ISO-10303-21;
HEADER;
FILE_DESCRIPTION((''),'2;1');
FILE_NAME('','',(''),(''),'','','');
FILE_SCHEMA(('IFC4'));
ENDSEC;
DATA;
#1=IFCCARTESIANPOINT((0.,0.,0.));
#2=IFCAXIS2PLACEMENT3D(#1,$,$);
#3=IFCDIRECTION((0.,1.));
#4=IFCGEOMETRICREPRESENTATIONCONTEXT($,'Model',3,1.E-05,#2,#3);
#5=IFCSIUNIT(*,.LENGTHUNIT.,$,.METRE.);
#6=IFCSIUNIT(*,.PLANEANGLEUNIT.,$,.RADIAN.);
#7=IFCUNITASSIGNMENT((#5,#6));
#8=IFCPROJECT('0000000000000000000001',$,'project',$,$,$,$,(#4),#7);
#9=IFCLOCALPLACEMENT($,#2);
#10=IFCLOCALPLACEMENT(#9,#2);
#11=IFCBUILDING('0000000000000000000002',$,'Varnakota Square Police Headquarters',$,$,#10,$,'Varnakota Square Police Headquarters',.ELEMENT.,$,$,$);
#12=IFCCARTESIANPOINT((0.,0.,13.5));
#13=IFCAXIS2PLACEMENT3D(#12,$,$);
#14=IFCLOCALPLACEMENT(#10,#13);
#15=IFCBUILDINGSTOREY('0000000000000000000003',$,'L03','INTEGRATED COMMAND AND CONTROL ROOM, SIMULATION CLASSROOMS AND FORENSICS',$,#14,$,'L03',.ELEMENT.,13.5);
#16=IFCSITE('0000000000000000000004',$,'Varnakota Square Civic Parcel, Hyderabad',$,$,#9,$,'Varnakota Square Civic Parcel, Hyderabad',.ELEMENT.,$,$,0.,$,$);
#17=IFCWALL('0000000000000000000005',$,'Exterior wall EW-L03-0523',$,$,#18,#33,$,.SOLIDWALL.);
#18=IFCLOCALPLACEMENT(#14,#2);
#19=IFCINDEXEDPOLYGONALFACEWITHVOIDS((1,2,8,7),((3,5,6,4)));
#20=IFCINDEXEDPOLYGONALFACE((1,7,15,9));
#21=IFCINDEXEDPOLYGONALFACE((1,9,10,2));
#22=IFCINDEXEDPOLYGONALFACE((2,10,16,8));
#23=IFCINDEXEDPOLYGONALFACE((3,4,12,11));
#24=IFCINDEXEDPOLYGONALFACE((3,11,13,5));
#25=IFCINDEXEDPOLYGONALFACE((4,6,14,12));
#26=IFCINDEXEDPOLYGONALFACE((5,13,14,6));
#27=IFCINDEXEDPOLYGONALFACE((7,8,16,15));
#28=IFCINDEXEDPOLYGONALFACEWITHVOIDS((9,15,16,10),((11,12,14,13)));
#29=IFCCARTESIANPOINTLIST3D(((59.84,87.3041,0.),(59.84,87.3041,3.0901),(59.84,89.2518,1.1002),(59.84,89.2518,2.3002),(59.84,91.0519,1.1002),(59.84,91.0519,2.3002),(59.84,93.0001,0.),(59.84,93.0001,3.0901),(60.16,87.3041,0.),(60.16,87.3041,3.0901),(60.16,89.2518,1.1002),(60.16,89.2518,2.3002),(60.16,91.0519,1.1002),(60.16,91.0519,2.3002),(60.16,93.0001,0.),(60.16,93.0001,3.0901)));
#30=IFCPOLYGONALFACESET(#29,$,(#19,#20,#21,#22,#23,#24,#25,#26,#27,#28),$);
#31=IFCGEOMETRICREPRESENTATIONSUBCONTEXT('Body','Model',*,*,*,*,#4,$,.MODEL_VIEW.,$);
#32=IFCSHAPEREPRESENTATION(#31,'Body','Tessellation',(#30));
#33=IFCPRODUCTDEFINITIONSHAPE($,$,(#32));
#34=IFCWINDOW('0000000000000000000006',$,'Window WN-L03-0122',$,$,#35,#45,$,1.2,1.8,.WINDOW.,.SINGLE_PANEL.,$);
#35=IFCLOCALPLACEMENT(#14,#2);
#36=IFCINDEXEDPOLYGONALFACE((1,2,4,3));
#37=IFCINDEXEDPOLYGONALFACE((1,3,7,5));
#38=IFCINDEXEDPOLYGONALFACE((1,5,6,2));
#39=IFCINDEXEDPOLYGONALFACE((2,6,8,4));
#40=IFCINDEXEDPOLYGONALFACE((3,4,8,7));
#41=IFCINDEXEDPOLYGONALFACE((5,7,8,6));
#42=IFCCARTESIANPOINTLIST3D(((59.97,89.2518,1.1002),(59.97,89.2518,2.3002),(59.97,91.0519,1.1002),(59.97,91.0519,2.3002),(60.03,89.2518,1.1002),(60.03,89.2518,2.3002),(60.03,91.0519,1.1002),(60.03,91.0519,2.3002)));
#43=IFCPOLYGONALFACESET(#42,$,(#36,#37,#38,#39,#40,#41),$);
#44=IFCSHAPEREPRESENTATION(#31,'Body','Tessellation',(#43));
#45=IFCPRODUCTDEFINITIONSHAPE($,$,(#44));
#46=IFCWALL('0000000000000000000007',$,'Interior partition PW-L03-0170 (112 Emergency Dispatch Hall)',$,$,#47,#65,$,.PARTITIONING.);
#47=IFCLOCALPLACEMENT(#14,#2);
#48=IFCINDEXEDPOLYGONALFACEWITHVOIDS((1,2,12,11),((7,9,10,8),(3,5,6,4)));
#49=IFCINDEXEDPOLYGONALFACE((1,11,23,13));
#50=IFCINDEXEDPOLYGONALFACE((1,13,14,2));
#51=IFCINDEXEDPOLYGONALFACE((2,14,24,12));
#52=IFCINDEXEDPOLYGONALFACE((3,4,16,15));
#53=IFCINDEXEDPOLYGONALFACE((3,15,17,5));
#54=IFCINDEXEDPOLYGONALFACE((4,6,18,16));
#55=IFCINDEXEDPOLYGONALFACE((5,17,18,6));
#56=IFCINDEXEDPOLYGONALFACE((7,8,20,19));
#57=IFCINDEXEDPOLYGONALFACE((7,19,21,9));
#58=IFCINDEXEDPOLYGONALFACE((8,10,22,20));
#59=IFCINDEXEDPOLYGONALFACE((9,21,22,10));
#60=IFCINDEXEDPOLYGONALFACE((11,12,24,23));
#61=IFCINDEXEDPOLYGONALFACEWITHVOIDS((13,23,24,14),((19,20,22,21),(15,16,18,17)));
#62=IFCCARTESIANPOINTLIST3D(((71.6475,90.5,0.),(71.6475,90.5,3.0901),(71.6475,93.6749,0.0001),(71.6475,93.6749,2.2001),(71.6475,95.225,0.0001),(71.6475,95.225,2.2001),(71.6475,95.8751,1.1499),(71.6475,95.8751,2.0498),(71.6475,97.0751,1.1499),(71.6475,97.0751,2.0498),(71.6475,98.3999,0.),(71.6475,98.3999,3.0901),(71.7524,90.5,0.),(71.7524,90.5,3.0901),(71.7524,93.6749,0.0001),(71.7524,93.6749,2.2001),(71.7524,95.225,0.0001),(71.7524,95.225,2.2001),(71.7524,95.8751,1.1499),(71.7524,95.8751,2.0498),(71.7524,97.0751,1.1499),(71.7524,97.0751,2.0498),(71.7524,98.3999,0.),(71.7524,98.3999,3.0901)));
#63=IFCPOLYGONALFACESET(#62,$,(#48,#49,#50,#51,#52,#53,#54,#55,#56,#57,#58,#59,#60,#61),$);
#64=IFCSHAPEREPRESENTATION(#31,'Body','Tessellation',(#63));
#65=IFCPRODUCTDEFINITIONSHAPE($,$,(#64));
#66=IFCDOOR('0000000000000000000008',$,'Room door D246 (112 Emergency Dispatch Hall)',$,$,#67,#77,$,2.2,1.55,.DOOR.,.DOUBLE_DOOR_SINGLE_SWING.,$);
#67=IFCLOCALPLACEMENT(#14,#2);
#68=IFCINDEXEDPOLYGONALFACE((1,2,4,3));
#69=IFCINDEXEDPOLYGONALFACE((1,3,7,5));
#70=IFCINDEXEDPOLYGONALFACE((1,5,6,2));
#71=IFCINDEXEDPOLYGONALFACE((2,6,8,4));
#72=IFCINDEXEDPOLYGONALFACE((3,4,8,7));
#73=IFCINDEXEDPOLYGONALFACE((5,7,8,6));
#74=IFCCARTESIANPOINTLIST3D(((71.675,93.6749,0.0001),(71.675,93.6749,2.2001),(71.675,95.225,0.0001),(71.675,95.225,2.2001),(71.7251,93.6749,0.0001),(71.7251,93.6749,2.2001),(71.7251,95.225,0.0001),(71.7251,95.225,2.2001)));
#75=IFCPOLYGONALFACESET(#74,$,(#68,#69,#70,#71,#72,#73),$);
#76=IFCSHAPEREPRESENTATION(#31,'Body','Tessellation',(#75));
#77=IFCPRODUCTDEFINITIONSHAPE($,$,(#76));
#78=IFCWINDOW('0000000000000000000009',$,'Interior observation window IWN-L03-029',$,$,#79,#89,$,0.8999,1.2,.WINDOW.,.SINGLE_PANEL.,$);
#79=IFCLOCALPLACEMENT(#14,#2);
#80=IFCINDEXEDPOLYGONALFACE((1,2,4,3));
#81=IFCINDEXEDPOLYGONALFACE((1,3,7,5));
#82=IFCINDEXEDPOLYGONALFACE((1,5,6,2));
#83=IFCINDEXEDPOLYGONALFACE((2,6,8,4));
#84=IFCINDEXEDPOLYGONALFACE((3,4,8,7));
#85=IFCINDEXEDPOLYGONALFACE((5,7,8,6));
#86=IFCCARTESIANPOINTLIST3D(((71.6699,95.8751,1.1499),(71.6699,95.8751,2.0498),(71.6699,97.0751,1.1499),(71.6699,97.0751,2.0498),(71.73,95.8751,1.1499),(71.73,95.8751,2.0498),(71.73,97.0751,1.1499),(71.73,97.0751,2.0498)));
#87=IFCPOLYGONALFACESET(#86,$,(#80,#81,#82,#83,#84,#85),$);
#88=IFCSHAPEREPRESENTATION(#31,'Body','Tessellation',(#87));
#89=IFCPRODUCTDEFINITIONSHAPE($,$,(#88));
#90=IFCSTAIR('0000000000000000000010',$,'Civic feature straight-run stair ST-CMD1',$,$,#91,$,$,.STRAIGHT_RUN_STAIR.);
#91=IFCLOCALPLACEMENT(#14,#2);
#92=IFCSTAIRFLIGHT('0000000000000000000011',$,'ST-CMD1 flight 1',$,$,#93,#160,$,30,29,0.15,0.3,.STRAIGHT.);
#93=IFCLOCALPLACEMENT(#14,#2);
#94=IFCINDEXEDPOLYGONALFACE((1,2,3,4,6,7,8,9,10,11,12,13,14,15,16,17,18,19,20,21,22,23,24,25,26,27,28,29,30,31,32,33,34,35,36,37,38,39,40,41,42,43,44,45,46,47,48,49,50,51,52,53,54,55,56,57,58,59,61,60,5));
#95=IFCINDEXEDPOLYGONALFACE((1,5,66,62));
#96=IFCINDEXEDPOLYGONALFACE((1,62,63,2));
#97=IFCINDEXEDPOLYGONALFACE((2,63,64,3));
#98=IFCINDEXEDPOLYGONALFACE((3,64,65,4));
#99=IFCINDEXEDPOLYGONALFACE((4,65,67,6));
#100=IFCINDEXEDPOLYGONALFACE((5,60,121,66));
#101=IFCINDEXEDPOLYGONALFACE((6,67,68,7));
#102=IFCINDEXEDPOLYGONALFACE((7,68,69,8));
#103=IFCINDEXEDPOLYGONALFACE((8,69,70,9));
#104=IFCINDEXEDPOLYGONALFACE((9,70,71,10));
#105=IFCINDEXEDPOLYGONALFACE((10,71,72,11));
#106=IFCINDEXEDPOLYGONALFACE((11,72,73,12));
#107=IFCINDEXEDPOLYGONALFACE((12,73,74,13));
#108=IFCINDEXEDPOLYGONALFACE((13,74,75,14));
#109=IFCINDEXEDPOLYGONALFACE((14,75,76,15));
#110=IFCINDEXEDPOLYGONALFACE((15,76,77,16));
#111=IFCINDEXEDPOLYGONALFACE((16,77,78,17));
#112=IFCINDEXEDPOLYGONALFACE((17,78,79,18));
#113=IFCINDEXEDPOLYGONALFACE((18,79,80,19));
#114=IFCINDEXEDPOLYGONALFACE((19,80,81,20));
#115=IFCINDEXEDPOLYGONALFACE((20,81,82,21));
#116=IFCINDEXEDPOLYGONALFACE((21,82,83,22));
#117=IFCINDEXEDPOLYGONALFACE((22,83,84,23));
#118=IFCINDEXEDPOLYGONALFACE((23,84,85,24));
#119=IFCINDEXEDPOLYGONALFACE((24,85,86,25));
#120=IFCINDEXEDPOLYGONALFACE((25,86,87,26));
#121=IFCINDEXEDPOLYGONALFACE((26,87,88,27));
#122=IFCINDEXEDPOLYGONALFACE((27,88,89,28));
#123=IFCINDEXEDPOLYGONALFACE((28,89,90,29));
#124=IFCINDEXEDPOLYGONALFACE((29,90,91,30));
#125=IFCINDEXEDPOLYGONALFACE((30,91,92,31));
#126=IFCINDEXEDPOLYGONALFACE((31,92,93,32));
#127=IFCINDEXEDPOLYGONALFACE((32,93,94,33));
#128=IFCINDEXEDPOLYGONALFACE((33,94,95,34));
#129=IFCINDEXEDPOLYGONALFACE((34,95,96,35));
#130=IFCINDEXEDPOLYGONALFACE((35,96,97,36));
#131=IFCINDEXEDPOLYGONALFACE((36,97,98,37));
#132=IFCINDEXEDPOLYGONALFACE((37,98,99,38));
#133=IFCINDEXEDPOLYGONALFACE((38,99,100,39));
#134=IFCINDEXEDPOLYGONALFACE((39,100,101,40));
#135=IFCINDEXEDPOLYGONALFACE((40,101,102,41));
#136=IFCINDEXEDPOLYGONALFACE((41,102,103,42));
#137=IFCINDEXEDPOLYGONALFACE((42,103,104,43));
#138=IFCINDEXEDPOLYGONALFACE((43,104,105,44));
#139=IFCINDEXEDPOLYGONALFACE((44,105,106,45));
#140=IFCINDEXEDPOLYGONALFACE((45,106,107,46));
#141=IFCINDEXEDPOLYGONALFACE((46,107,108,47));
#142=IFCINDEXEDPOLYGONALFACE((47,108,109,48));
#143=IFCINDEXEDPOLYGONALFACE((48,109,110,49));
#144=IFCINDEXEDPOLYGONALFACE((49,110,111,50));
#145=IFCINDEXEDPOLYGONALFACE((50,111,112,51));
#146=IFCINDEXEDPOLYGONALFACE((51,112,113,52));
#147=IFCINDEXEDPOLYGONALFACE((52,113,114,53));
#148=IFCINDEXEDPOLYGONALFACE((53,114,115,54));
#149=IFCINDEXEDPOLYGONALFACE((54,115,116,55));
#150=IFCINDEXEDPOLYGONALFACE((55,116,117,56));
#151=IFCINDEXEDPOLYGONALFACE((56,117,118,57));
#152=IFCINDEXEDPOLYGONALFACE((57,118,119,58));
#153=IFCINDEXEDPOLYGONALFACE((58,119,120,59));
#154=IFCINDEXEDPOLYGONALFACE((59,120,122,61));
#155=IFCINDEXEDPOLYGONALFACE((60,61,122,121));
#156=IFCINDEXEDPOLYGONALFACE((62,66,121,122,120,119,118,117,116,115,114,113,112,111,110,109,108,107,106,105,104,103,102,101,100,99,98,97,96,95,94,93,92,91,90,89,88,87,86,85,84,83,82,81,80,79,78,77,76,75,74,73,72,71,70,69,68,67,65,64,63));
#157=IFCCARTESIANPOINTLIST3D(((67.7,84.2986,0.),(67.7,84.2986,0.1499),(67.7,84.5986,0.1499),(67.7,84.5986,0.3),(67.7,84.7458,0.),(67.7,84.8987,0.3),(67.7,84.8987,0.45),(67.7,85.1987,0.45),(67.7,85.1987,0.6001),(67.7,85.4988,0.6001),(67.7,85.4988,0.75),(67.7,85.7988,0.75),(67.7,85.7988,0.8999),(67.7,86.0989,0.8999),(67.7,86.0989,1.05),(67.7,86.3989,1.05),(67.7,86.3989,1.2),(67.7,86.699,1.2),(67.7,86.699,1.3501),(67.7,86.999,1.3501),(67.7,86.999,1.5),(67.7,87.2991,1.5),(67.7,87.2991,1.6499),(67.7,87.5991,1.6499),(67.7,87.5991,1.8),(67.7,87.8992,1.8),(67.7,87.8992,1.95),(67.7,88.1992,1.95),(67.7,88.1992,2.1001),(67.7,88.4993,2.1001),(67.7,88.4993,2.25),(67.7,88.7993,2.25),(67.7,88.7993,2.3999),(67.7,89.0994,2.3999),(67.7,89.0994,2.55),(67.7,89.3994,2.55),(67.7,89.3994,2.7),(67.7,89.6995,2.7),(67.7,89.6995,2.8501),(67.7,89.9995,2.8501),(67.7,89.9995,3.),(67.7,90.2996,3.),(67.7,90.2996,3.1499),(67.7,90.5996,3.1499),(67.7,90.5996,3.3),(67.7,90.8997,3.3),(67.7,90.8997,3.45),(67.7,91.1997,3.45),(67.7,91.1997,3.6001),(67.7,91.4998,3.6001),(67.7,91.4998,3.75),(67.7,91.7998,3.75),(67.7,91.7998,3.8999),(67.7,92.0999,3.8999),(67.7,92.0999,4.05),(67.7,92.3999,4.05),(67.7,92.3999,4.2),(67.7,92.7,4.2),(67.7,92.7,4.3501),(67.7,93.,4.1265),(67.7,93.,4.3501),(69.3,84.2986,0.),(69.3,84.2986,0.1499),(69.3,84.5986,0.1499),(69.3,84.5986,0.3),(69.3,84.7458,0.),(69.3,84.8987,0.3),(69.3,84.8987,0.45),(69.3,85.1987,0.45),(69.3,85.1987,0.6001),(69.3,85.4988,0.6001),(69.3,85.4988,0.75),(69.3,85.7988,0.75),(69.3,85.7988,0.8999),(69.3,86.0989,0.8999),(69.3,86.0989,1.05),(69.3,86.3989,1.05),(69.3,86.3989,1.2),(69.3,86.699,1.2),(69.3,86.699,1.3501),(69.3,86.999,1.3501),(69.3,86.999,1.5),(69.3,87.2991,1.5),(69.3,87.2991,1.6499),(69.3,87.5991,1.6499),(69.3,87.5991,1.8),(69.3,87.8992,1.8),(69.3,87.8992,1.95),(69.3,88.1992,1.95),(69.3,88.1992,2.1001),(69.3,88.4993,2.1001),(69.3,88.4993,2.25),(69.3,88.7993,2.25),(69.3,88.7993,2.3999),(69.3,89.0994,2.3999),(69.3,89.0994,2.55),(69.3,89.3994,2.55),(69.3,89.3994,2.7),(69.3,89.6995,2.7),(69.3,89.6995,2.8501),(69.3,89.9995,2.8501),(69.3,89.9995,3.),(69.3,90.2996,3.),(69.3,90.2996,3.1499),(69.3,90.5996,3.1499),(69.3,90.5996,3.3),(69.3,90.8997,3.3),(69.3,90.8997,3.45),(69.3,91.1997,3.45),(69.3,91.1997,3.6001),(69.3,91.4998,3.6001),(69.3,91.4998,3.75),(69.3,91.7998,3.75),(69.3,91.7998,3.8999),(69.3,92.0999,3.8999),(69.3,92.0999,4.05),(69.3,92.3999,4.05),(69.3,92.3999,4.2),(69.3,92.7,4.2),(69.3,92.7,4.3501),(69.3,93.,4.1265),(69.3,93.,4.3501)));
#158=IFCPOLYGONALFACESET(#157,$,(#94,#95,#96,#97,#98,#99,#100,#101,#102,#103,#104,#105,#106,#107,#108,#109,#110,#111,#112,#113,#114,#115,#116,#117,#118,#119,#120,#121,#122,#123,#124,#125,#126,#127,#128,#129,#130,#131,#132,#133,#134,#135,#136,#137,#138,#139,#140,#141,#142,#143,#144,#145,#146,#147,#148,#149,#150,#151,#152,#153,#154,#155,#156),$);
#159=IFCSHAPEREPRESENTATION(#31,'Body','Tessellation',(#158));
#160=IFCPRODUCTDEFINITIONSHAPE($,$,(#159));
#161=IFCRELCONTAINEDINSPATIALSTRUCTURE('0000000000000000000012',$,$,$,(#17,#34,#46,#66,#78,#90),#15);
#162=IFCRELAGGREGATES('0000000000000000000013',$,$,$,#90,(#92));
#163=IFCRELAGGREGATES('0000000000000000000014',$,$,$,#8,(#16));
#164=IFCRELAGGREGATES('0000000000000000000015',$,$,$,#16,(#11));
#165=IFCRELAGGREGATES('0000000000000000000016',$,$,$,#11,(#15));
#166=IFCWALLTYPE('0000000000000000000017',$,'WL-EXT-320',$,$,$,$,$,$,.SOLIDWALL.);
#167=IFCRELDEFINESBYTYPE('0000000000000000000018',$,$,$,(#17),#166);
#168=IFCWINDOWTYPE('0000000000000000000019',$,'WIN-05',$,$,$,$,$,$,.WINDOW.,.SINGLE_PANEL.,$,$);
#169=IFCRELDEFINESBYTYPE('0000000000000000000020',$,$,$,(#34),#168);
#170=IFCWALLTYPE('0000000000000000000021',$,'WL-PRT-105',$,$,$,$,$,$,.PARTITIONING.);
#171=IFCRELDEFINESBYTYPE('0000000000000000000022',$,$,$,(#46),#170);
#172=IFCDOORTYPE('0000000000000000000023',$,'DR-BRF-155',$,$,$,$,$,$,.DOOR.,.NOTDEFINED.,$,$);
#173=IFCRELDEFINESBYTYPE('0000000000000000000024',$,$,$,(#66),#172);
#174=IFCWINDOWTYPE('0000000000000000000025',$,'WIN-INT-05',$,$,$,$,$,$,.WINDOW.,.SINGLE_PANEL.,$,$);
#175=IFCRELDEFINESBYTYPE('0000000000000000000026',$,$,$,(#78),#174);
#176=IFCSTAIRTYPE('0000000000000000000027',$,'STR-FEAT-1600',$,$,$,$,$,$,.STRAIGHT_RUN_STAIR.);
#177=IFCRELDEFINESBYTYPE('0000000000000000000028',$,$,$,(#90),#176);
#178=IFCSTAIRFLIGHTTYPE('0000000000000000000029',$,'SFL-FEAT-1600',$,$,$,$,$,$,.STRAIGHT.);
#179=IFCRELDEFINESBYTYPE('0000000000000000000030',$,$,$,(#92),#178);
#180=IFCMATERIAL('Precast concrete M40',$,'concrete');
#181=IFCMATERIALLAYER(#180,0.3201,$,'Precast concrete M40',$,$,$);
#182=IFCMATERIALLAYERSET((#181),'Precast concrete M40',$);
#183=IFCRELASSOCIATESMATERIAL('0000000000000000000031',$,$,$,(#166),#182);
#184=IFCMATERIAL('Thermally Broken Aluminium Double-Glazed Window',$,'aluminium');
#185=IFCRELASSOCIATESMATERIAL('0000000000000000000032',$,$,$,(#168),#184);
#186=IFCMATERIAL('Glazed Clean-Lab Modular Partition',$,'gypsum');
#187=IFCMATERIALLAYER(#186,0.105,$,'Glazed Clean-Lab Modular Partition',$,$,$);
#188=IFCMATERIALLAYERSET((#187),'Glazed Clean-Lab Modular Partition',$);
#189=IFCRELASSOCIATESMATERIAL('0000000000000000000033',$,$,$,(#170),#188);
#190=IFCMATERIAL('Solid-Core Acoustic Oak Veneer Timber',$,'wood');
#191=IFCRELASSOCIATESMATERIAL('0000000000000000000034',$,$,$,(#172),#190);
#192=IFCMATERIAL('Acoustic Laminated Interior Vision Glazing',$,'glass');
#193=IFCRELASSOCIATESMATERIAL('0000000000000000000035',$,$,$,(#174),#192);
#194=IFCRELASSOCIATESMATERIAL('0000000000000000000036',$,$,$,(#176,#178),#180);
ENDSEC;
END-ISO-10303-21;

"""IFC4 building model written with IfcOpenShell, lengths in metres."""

from ifc_helpers import new_model, si_unit, direction, frame, frame_2d, origin, place, context, subcontext, project, spatial, polyline, rectangle, outline, extrude, material, layer, layer_set, type_object, element, fill, aggregate, save


model = new_model("IFC4")

# Units and contexts
model_context = context("Model", 3, precision=1e-05, world=origin(), true_north=direction((0.0, 1.0)))
body_context = subcontext(model_context, "Body", "Model", "MODEL_VIEW")
ifc_project = project(units=[si_unit("LENGTHUNIT", "METRE"), si_unit("PLANEANGLEUNIT", "RADIAN")], contexts=[model_context])

# Site, building, storey
site_placement = place(None, origin())
site = spatial("IfcSite", under=ifc_project, at=site_placement, Name="Varnakota Square Civic Parcel, Hyderabad", LongName="Varnakota Square Civic Parcel, Hyderabad", CompositionType="ELEMENT", RefElevation=0.0)
building_placement = place(site_placement, origin())
building = spatial("IfcBuilding", under=site, at=building_placement, Name="Varnakota Square Police Headquarters", LongName="Varnakota Square Police Headquarters", CompositionType="ELEMENT")
storey_placement = place(building_placement, frame((0.0, 0.0, 13.5)))
storey = spatial("IfcBuildingStorey", under=building, at=storey_placement, Name="L03", Description="INTEGRATED COMMAND AND CONTROL ROOM, SIMULATION CLASSROOMS AND FORENSICS", LongName="L03", CompositionType="ELEMENT", Elevation=13.5)

# Shared definitions
ifc_material_1 = material(Name="Precast concrete M40", Category="concrete")
ifc_layer_1 = layer(ifc_material_1, 0.3201, Name="Precast concrete M40")
ifc_layer_set_1 = layer_set([ifc_layer_1], Name="Precast concrete M40")
wall_type_1 = type_object("IfcWallType", Name="WL-EXT-320", PredefinedType="SOLIDWALL", material=ifc_layer_set_1)

# Wall, opening, window
wall_1_placement = place(storey_placement, frame((60.0, 87.304, 0.0), z_axis=(0.0, 0.0, 1.0), x_axis=(0.0, 1.0, 0.0)))
wall_1 = element("IfcWall", 1, at=wall_1_placement, inside=storey, type_object=wall_type_1, Name="Exterior wall EW-L03-0523", PredefinedType="SOLIDWALL", context=body_context, shape_type="SweptSolid", body=[
    extrude(rectangle(XDim=5.696, YDim=0.3201, at=frame_2d((2.8481, 0.0))), origin(), (0.0, 0.0, 1.0), 3.0901),
])
opening_1_placement = place(wall_1_placement, frame((1.948, 0.0, 1.1001)))
opening_1 = element("IfcOpeningElement", 2, at=opening_1_placement, cuts=wall_1, PredefinedType="OPENING", context=body_context, shape_type="SweptSolid", body=[
    extrude(rectangle(XDim=1.8, YDim=1.2, at=frame_2d((0.8999, 0.6001))), frame((0.0, 0.1699, 0.0), z_axis=(0.0, -1.0, 0.0), x_axis=(1.0, 0.0, 0.0)), (0.0, 0.0, 1.0), 0.3401),
])
ifc_material_2 = material(Name="Thermally Broken Aluminium Double-Glazed Window", Category="aluminium")
window_type_1 = type_object("IfcWindowType", Name="WIN-05", PartitioningType="SINGLE_PANEL", PredefinedType="WINDOW", material=ifc_material_2)
window_1_placement = place(opening_1_placement, origin())
window_1 = element("IfcWindow", 3, at=window_1_placement, inside=storey, type_object=window_type_1, Name="Window WN-L03-0122", OverallHeight=1.2, OverallWidth=1.8, PartitioningType="SINGLE_PANEL", PredefinedType="WINDOW", context=body_context, shape_type="SweptSolid", body=[
    extrude(rectangle(XDim=1.8, YDim=1.2, at=frame_2d((0.8999, 0.6001))), frame((0.0, 0.03, 0.0), z_axis=(0.0, -1.0, 0.0), x_axis=(1.0, 0.0, 0.0)), (0.0, 0.0, 1.0), 0.0601),
])
fill(opening_1, window_1)

# Wall, openings, door, window
ifc_material_3 = material(Name="Glazed Clean-Lab Modular Partition", Category="gypsum")
ifc_layer_2 = layer(ifc_material_3, 0.105, Name="Glazed Clean-Lab Modular Partition")
ifc_layer_set_2 = layer_set([ifc_layer_2], Name="Glazed Clean-Lab Modular Partition")
wall_type_2 = type_object("IfcWallType", Name="WL-PRT-105", PredefinedType="PARTITIONING", material=ifc_layer_set_2)
wall_2_placement = place(storey_placement, frame((71.7, 90.5, 0.0), z_axis=(0.0, 0.0, 1.0), x_axis=(0.0, 1.0, 0.0)))
wall_2 = element("IfcWall", 4, at=wall_2_placement, inside=storey, type_object=wall_type_2, Name="Interior partition PW-L03-0170 (112 Emergency Dispatch Hall)", PredefinedType="PARTITIONING", context=body_context, shape_type="SweptSolid", body=[
    extrude(rectangle(XDim=7.8999, YDim=0.105, at=frame_2d((3.95, 0.0))), origin(), (0.0, 0.0, 1.0), 3.0901),
])
opening_2_placement = place(wall_2_placement, frame((3.175, 0.0, 0.0)))
opening_2 = element("IfcOpeningElement", 5, at=opening_2_placement, cuts=wall_2, PredefinedType="OPENING", context=body_context, shape_type="SweptSolid", body=[
    extrude(rectangle(XDim=1.55, YDim=2.2, at=frame_2d((0.7749, 1.1001))), frame((0.0, 0.0625, 0.0), z_axis=(0.0, -1.0, 0.0), x_axis=(1.0, 0.0, 0.0)), (0.0, 0.0, 1.0), 0.125),
])
opening_3_placement = place(wall_2_placement, frame((5.375, 0.0, 1.1499)))
opening_3 = element("IfcOpeningElement", 6, at=opening_3_placement, cuts=wall_2, PredefinedType="OPENING", context=body_context, shape_type="SweptSolid", body=[
    extrude(rectangle(XDim=1.2, YDim=0.8999, at=frame_2d((0.6001, 0.45))), frame((0.0, 0.0625, 0.0), z_axis=(0.0, -1.0, 0.0), x_axis=(1.0, 0.0, 0.0)), (0.0, 0.0, 1.0), 0.125),
])
ifc_material_4 = material(Name="Solid-Core Acoustic Oak Veneer Timber", Category="wood")
door_type = type_object("IfcDoorType", Name="DR-BRF-155", OperationType="NOTDEFINED", PredefinedType="DOOR", material=ifc_material_4)
door_placement = place(opening_2_placement, origin())
door = element("IfcDoor", 7, at=door_placement, inside=storey, type_object=door_type, Name="Room door D246 (112 Emergency Dispatch Hall)", OperationType="DOUBLE_DOOR_SINGLE_SWING", OverallHeight=2.2, OverallWidth=1.55, PredefinedType="DOOR", context=body_context, shape_type="SweptSolid", body=[
    extrude(rectangle(XDim=1.55, YDim=2.2, at=frame_2d((0.7749, 1.1001))), frame((0.0, 0.0249, 0.0), z_axis=(0.0, -1.0, 0.0), x_axis=(1.0, 0.0, 0.0)), (0.0, 0.0, 1.0), 0.05),
])
fill(opening_2, door)
ifc_material_5 = material(Name="Acoustic Laminated Interior Vision Glazing", Category="glass")
window_type_2 = type_object("IfcWindowType", Name="WIN-INT-05", PartitioningType="SINGLE_PANEL", PredefinedType="WINDOW", material=ifc_material_5)
window_2_placement = place(opening_3_placement, origin())
window_2 = element("IfcWindow", 8, at=window_2_placement, inside=storey, type_object=window_type_2, Name="Interior observation window IWN-L03-029", OverallHeight=0.8999, OverallWidth=1.2, PartitioningType="SINGLE_PANEL", PredefinedType="WINDOW", context=body_context, shape_type="SweptSolid", body=[
    extrude(rectangle(XDim=1.2, YDim=0.8999, at=frame_2d((0.6001, 0.45))), frame((0.0, 0.03, 0.0), z_axis=(0.0, -1.0, 0.0), x_axis=(1.0, 0.0, 0.0)), (0.0, 0.0, 1.0), 0.0601),
])
fill(opening_3, window_2)

# Stair, stair flight
stair_type = type_object("IfcStairType", Name="STR-FEAT-1600", PredefinedType="STRAIGHT_RUN_STAIR", material=ifc_material_1)
stair_placement = place(storey_placement, origin())
stair = element("IfcStair", 9, at=stair_placement, inside=storey, type_object=stair_type, Name="Civic feature straight-run stair ST-CMD1", PredefinedType="STRAIGHT_RUN_STAIR")
stair_flight_type = type_object("IfcStairFlightType", Name="SFL-FEAT-1600", PredefinedType="STRAIGHT", material=ifc_material_1)
stair_flight_placement = place(storey_placement, frame((68.5, 84.2986, 0.0), z_axis=(0.0, 0.0, 1.0), x_axis=(0.0, 1.0, 0.0)))
stair_flight = element("IfcStairFlight", 10, at=stair_flight_placement, type_object=stair_flight_type, Name="ST-CMD1 flight 1", NumberOfRisers=30, NumberOfTreads=29, PredefinedType="STRAIGHT", RiserHeight=0.15, TreadLength=0.3, context=body_context, shape_type="SweptSolid", body=[
    extrude(outline(polyline([(0.0, 0.0), (0.0, 0.1499), (0.3, 0.1499), (0.3, 0.3), (0.6001, 0.3), (0.6001, 0.45), (0.9001, 0.45), (0.9001, 0.6001), (1.2002, 0.6001), (1.2002, 0.75), (1.5002, 0.75), (1.5002, 0.8999), (1.8003, 0.8999), (1.8003, 1.05), (2.1003, 1.05), (2.1003, 1.2), (2.4004, 1.2), (2.4004, 1.3501), (2.7004, 1.3501), (2.7004, 1.5), (3.0005, 1.5), (3.0005, 1.6499), (3.3005, 1.6499), (3.3005, 1.8), (3.6006, 1.8), (3.6006, 1.95), (3.9006, 1.95), (3.9006, 2.1001), (4.2007, 2.1001), (4.2007, 2.25), (4.5007, 2.25), (4.5007, 2.3999), (4.8008, 2.3999), (4.8008, 2.55), (5.1008, 2.55), (5.1008, 2.7), (5.4009, 2.7), (5.4009, 2.8501), (5.7009, 2.8501), (5.7009, 3.0), (6.001, 3.0), (6.001, 3.1499), (6.301, 3.1499), (6.301, 3.3), (6.6011, 3.3), (6.6011, 3.45), (6.9011, 3.45), (6.9011, 3.6001), (7.2012, 3.6001), (7.2012, 3.75), (7.5012, 3.75), (7.5012, 3.8999), (7.8013, 3.8999), (7.8013, 4.05), (8.1013, 4.05), (8.1013, 4.2), (8.4014, 4.2), (8.4014, 4.3501), (8.7014, 4.3501), (8.7014, 4.5), (8.7014, 4.1265), (0.4473, 0.0), (0.0, 0.0)])), frame((0.0, 0.8, 0.0), z_axis=(0.0, -1.0, 0.0), x_axis=(1.0, 0.0, 0.0)), (0.0, 0.0, 1.0), 1.6001),
])
aggregate(stair, [stair_flight])

save(model, "model.ifc")
